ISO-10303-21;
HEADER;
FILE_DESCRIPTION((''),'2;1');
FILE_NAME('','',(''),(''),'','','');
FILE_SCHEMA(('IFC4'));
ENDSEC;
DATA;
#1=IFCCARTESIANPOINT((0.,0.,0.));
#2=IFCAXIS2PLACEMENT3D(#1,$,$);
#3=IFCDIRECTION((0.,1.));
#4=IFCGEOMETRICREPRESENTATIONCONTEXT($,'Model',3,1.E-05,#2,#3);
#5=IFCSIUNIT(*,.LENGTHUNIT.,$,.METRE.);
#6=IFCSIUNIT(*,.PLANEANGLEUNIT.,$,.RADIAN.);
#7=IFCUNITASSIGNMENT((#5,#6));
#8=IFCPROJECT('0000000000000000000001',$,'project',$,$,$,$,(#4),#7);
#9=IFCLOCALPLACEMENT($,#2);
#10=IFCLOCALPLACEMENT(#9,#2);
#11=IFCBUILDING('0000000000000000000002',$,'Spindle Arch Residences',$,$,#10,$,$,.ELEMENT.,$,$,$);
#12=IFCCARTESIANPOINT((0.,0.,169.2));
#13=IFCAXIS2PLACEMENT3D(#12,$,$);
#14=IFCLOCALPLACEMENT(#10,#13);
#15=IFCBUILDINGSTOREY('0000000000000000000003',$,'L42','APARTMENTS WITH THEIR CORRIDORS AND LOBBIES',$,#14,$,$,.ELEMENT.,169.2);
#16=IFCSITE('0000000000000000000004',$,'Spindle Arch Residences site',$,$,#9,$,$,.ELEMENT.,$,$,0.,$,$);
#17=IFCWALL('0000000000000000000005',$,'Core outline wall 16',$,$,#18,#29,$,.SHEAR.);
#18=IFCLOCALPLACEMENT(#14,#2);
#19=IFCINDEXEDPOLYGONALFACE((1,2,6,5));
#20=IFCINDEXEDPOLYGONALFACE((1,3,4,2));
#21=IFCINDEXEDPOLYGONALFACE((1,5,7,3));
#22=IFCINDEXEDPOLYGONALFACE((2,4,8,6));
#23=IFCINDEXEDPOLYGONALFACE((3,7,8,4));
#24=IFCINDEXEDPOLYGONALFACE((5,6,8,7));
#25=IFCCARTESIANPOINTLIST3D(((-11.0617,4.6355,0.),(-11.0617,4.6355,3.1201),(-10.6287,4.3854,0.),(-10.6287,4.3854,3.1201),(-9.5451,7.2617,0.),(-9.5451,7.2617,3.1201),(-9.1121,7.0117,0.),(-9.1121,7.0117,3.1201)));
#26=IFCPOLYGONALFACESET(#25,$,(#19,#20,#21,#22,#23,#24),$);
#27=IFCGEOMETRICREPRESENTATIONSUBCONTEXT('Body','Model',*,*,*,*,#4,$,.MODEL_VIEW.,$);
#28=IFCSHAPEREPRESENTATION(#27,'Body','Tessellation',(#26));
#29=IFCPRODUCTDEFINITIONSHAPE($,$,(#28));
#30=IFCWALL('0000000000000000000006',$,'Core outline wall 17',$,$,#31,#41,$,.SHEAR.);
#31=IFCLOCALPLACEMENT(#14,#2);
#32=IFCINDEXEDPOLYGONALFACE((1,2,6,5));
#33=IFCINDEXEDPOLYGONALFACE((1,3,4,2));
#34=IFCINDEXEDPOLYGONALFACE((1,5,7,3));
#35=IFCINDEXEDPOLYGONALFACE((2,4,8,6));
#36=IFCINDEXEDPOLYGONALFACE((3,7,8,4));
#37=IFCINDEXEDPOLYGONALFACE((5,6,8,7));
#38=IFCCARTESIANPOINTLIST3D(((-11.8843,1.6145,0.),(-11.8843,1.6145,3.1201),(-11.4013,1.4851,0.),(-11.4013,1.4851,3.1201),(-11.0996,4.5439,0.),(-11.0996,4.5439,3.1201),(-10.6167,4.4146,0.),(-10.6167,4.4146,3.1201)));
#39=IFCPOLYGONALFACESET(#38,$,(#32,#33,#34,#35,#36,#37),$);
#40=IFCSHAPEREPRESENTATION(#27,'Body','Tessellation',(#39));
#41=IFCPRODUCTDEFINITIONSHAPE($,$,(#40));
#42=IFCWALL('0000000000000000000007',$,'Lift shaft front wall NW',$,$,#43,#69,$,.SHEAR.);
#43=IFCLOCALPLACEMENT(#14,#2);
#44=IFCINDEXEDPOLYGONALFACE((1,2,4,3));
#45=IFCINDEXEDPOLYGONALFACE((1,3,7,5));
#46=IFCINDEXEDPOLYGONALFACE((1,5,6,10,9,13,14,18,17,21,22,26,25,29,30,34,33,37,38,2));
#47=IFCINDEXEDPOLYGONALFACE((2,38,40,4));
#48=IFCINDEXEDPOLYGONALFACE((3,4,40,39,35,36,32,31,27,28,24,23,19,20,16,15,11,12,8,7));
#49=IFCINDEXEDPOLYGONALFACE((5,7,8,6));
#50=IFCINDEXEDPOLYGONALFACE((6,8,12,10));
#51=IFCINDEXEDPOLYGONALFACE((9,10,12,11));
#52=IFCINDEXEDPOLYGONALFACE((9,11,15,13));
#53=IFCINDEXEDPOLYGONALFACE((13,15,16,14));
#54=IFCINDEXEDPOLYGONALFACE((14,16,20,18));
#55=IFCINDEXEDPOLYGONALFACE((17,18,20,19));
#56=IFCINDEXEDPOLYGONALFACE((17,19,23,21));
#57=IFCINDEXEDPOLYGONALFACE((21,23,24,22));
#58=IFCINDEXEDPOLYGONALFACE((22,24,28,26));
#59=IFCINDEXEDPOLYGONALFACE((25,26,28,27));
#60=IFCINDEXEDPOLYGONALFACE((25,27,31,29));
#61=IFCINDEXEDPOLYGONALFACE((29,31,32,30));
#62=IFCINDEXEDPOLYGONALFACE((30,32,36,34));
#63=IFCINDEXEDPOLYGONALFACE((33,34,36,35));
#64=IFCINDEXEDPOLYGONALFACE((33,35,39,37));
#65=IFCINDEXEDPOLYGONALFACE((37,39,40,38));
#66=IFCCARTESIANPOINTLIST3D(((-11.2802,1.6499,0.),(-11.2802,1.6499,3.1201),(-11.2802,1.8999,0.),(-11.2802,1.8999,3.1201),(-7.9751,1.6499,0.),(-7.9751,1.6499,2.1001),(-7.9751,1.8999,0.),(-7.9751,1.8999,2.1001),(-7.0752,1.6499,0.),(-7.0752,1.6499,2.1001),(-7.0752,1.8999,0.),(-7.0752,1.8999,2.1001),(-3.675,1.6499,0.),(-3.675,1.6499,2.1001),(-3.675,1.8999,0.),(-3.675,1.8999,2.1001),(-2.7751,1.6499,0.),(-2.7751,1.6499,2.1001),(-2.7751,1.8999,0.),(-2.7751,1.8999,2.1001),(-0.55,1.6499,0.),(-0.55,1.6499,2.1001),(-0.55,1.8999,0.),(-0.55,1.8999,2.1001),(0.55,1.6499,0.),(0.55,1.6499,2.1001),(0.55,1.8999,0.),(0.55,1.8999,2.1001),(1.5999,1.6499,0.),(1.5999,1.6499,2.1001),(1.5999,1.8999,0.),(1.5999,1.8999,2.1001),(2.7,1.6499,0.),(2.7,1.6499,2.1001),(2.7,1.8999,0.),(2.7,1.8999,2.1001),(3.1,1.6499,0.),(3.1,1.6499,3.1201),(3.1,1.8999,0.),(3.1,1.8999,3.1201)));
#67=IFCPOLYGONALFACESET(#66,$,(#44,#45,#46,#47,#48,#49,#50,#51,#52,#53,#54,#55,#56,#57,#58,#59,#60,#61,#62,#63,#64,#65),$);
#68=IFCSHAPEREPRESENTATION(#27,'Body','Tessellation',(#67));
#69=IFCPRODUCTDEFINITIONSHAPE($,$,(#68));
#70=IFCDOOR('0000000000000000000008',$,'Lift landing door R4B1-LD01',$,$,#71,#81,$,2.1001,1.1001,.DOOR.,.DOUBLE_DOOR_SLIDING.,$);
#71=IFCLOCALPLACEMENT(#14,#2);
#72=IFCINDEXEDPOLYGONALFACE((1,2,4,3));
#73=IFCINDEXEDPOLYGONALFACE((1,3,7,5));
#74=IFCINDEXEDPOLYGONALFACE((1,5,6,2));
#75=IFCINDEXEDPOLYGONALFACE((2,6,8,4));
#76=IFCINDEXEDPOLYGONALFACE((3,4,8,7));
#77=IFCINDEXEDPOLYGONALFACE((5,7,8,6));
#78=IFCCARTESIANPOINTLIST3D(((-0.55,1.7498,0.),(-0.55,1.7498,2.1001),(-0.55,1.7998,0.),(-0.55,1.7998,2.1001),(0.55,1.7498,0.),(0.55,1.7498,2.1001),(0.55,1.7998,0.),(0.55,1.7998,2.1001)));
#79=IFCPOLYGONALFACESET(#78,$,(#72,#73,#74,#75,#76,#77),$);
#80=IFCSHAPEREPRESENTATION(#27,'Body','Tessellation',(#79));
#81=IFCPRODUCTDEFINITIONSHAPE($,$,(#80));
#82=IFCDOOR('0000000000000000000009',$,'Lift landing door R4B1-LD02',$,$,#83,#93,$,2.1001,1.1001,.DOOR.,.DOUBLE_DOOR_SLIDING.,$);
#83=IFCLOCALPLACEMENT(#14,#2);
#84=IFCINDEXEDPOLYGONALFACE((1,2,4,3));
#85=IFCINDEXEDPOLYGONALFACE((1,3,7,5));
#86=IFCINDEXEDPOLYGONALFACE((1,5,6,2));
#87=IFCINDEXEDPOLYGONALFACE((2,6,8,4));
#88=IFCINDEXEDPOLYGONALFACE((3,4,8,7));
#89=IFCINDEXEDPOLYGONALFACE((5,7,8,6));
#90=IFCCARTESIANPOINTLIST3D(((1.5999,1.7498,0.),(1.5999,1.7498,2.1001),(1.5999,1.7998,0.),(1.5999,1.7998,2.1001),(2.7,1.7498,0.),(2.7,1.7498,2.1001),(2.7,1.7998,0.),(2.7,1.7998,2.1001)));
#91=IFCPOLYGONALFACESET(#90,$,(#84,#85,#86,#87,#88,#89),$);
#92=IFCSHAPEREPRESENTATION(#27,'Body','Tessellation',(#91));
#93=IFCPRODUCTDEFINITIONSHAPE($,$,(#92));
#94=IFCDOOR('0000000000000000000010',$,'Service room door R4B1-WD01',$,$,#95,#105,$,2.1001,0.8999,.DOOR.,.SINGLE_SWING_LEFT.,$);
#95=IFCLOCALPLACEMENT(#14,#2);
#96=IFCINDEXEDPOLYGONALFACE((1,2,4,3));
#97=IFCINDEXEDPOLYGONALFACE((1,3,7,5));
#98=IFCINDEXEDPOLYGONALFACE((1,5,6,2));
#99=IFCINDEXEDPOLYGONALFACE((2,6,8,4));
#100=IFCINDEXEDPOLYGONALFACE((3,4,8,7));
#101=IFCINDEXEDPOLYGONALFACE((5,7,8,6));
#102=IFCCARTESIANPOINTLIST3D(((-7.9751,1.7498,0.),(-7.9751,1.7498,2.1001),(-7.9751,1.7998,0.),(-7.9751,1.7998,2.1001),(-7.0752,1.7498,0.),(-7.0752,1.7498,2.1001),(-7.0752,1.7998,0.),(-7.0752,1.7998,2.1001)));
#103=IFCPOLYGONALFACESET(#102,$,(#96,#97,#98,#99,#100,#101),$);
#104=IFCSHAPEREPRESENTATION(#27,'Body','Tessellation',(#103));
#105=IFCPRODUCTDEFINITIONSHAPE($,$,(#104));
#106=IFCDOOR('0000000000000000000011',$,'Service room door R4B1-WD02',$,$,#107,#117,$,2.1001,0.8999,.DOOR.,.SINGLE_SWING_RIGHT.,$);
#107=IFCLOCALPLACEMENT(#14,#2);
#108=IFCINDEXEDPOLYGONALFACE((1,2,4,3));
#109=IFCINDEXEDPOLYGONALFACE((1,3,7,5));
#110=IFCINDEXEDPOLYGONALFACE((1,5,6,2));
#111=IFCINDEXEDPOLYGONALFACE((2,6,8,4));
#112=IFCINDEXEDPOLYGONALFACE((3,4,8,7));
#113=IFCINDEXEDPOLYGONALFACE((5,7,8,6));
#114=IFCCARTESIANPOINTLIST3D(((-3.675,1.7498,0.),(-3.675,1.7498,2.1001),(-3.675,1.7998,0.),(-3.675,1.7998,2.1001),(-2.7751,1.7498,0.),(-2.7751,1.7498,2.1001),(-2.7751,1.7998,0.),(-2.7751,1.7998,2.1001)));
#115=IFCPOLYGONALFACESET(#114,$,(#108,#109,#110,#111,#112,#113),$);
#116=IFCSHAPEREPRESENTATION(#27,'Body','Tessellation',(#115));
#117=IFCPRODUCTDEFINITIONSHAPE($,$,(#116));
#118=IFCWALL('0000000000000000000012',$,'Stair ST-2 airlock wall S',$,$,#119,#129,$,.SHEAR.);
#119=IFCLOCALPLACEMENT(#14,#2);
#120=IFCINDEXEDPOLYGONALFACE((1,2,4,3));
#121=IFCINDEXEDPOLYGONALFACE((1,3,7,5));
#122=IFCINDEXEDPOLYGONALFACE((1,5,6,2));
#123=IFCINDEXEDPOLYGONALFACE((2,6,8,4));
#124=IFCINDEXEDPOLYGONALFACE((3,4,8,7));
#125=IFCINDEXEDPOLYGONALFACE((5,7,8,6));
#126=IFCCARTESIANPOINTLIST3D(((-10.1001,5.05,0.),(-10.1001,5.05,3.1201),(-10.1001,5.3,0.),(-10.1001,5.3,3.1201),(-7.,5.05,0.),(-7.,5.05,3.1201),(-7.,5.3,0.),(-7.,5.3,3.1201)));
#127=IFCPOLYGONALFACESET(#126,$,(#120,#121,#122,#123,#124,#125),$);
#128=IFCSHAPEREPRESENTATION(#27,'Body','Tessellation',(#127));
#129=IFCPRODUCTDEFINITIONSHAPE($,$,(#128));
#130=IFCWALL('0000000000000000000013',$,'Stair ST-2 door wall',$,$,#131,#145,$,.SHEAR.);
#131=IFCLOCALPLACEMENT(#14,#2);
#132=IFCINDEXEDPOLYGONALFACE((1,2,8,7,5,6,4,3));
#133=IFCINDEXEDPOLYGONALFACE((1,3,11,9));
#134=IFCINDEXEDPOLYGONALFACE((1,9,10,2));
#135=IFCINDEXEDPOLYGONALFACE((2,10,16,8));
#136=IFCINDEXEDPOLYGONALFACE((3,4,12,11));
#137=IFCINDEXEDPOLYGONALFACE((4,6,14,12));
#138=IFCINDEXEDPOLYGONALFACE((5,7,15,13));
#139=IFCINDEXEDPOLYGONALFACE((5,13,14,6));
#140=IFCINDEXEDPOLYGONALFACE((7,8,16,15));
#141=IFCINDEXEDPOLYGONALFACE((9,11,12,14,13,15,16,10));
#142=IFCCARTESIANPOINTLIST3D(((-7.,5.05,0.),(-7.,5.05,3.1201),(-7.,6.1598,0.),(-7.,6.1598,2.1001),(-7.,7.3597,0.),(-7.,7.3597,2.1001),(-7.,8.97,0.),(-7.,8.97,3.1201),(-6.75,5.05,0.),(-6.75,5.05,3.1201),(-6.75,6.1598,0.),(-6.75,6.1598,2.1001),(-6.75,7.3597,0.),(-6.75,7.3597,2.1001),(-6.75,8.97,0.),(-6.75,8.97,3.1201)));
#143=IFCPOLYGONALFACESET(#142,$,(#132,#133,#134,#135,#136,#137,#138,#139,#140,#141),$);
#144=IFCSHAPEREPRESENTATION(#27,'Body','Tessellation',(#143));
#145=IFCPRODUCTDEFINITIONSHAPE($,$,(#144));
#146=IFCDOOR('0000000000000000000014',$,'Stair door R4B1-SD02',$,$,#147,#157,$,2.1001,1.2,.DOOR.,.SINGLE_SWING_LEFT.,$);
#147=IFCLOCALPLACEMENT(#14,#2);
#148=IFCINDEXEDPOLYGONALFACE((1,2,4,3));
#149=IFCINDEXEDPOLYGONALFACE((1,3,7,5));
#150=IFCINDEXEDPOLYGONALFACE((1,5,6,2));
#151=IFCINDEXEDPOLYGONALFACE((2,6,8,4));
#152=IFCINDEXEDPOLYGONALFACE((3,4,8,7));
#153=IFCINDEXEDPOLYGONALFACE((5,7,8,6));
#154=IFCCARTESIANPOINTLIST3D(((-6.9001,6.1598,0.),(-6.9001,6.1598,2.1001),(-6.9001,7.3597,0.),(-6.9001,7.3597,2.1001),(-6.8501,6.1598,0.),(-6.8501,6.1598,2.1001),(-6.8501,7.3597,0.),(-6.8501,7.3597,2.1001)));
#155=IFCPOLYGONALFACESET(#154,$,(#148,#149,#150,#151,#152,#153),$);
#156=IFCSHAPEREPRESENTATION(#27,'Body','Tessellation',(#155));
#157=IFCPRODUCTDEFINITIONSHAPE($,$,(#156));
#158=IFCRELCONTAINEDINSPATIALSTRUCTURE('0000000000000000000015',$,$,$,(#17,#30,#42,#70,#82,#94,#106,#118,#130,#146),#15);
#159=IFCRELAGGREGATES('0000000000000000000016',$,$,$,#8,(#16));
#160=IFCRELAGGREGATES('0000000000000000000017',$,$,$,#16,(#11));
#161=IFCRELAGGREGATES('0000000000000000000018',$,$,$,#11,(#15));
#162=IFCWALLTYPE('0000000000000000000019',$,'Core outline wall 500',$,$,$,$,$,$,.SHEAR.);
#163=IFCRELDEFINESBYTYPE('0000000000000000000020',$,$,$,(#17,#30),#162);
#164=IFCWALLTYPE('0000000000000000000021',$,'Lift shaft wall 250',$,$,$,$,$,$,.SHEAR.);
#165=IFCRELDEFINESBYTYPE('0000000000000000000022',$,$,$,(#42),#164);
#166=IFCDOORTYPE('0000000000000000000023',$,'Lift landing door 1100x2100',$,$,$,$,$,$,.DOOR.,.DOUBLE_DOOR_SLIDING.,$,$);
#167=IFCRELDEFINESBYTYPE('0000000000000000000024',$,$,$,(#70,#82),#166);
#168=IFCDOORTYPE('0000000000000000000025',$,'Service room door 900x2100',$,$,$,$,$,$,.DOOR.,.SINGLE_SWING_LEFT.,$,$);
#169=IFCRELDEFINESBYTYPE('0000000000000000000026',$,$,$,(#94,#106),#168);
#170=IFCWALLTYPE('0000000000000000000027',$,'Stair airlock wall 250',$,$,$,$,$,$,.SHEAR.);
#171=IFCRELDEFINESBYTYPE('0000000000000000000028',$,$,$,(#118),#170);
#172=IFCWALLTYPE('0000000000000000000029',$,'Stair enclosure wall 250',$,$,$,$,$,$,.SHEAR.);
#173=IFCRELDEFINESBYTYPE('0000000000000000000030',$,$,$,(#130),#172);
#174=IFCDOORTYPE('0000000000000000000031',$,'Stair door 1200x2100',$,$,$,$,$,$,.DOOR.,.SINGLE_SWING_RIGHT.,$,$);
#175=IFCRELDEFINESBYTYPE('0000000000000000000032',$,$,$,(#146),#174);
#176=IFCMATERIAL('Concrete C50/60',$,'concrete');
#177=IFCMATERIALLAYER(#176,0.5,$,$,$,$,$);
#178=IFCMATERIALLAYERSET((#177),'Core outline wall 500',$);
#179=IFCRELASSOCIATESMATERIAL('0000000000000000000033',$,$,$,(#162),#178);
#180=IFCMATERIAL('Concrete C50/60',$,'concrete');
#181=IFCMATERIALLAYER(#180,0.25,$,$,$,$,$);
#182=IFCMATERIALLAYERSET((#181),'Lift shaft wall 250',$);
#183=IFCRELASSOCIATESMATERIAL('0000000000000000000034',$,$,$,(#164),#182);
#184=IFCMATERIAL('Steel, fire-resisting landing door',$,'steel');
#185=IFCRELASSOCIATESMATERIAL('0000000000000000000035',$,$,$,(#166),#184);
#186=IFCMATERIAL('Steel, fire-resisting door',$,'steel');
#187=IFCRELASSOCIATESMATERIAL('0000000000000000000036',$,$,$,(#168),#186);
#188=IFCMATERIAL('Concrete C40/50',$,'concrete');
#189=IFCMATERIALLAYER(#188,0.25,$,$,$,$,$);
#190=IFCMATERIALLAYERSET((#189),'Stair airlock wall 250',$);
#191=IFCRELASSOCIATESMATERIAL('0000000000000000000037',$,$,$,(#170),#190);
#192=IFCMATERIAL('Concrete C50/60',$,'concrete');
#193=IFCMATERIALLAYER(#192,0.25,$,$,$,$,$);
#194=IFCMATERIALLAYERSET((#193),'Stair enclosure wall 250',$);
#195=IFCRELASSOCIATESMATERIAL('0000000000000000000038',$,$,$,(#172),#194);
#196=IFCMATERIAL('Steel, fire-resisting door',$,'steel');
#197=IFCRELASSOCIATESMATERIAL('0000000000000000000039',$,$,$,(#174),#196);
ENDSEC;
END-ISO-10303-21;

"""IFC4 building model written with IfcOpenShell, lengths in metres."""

from ifc_helpers import new_model, si_unit, direction, frame, frame_2d, origin, place, context, subcontext, project, spatial, rectangle, extrude, material, layer, layer_set, type_object, element, fill, save


model = new_model("IFC4")

# Units and contexts
model_context = context("Model", 3, precision=1e-05, world=origin(), true_north=direction((0.0, 1.0)))
body_context = subcontext(model_context, "Body", "Model", "MODEL_VIEW")
ifc_project = project(units=[si_unit("LENGTHUNIT", "METRE"), si_unit("PLANEANGLEUNIT", "RADIAN")], contexts=[model_context])

# Site, building, storey
site_placement = place(None, origin())
site = spatial("IfcSite", under=ifc_project, at=site_placement, Name="Spindle Arch Residences site", CompositionType="ELEMENT", RefElevation=0.0)
building_placement = place(site_placement, origin())
building = spatial("IfcBuilding", under=site, at=building_placement, Name="Spindle Arch Residences", CompositionType="ELEMENT")
storey_placement = place(building_placement, frame((0.0, 0.0, 169.2)))
storey = spatial("IfcBuildingStorey", under=building, at=storey_placement, Name="L42", Description="APARTMENTS WITH THEIR CORRIDORS AND LOBBIES", CompositionType="ELEMENT", Elevation=169.2)

# Walls
ifc_material_1 = material(Name="Concrete C50/60", Category="concrete")
ifc_layer_1 = layer(ifc_material_1, 0.5)
ifc_layer_set_1 = layer_set([ifc_layer_1], Name="Core outline wall 500")
wall_type_1 = type_object("IfcWallType", Name="Core outline wall 500", PredefinedType="SHEAR", material=ifc_layer_set_1)
for number, where, z_axis, x_axis, name in (
    (1, (-9.3286, 7.1367, 0.0), (0.0, 0.0, 1.0), (-0.500087, -0.865975, 0.0), "Core outline wall 16"),
    (2, (-10.8582, 4.4792, 0.0), (0.0, 0.0, 1.0), (-0.258735, -0.965948, 0.0), "Core outline wall 17"),
):
    element("IfcWall", number, at=place(storey_placement, frame(where, z_axis=z_axis, x_axis=x_axis)), inside=storey, type_object=wall_type_1, Name=name, PredefinedType="SHEAR", context=body_context, shape_type="SweptSolid", body=[
        extrude(rectangle(XDim=3.0327, YDim=0.5, at=frame_2d((1.5164, 0.0))), origin(), (0.0, 0.0, 1.0), 3.1201),
    ])

# Wall, openings, doors
ifc_material_2 = material(Name="Concrete C50/60", Category="concrete")
ifc_layer_2 = layer(ifc_material_2, 0.25)
ifc_layer_set_2 = layer_set([ifc_layer_2], Name="Lift shaft wall 250")
wall_type_2 = type_object("IfcWallType", Name="Lift shaft wall 250", PredefinedType="SHEAR", material=ifc_layer_set_2)
wall_1_placement = place(storey_placement, frame((-11.28, 1.7749, 0.0), z_axis=(0.0, 0.0, 1.0), x_axis=(1.0, 0.0, 0.0)))
wall_1 = element("IfcWall", 3, at=wall_1_placement, inside=storey, type_object=wall_type_2, Name="Lift shaft front wall NW", PredefinedType="SHEAR", context=body_context, shape_type="SweptSolid", body=[
    extrude(rectangle(XDim=14.3801, YDim=0.25, at=frame_2d((7.1899, 0.0))), origin(), (0.0, 0.0, 1.0), 3.1201),
])
opening_1_placement = place(wall_1_placement, frame((10.73, 0.0, 0.0)))
opening_1 = element("IfcOpeningElement", 4, at=opening_1_placement, cuts=wall_1, PredefinedType="OPENING", context=body_context, shape_type="SweptSolid", body=[
    extrude(rectangle(XDim=1.1001, YDim=2.1001, at=frame_2d((0.55, 1.05))), frame((0.0, 0.135, 0.0), z_axis=(0.0, -1.0, 0.0), x_axis=(1.0, 0.0, 0.0)), (0.0, 0.0, 1.0), 0.27),
])
opening_2_placement = place(wall_1_placement, frame((12.8799, 0.0, 0.0)))
opening_2 = element("IfcOpeningElement", 5, at=opening_2_placement, cuts=wall_1, PredefinedType="OPENING", context=body_context, shape_type="SweptSolid", body=[
    extrude(rectangle(XDim=1.1001, YDim=2.1001, at=frame_2d((0.55, 1.05))), frame((0.0, 0.135, 0.0), z_axis=(0.0, -1.0, 0.0), x_axis=(1.0, 0.0, 0.0)), (0.0, 0.0, 1.0), 0.27),
])
opening_3_placement = place(wall_1_placement, frame((3.3049, 0.0, 0.0)))
opening_3 = element("IfcOpeningElement", 6, at=opening_3_placement, cuts=wall_1, PredefinedType="OPENING", context=body_context, shape_type="SweptSolid", body=[
    extrude(rectangle(XDim=0.8999, YDim=2.1001, at=frame_2d((0.45, 1.05))), frame((0.0, 0.135, 0.0), z_axis=(0.0, -1.0, 0.0), x_axis=(1.0, 0.0, 0.0)), (0.0, 0.0, 1.0), 0.27),
])
opening_4_placement = place(wall_1_placement, frame((7.605, 0.0, 0.0)))
opening_4 = element("IfcOpeningElement", 7, at=opening_4_placement, cuts=wall_1, PredefinedType="OPENING", context=body_context, shape_type="SweptSolid", body=[
    extrude(rectangle(XDim=0.8999, YDim=2.1001, at=frame_2d((0.45, 1.05))), frame((0.0, 0.135, 0.0), z_axis=(0.0, -1.0, 0.0), x_axis=(1.0, 0.0, 0.0)), (0.0, 0.0, 1.0), 0.27),
])
ifc_material_3 = material(Name="Steel, fire-resisting landing door", Category="steel")
door_type_1 = type_object("IfcDoorType", Name="Lift landing door 1100x2100", OperationType="DOUBLE_DOOR_SLIDING", PredefinedType="DOOR", material=ifc_material_3)
door_1_placement = place(opening_1_placement, origin())
door_1 = element("IfcDoor", 8, at=door_1_placement, inside=storey, type_object=door_type_1, Name="Lift landing door R4B1-LD01", OperationType="DOUBLE_DOOR_SLIDING", OverallHeight=2.1001, OverallWidth=1.1001, PredefinedType="DOOR", context=body_context, shape_type="SweptSolid", body=[
    extrude(rectangle(XDim=1.1001, YDim=2.1001, at=frame_2d((0.55, 1.05))), frame((0.0, 0.0249, 0.0), z_axis=(0.0, -1.0, 0.0), x_axis=(1.0, 0.0, 0.0)), (0.0, 0.0, 1.0), 0.05),
])
fill(opening_1, door_1)
door_2_placement = place(opening_2_placement, origin())
door_2 = element("IfcDoor", 9, at=door_2_placement, inside=storey, type_object=door_type_1, Name="Lift landing door R4B1-LD02", OperationType="DOUBLE_DOOR_SLIDING", OverallHeight=2.1001, OverallWidth=1.1001, PredefinedType="DOOR", context=body_context, shape_type="SweptSolid", body=[
    extrude(rectangle(XDim=1.1001, YDim=2.1001, at=frame_2d((0.55, 1.05))), frame((0.0, 0.0249, 0.0), z_axis=(0.0, -1.0, 0.0), x_axis=(1.0, 0.0, 0.0)), (0.0, 0.0, 1.0), 0.05),
])
fill(opening_2, door_2)
ifc_material_4 = material(Name="Steel, fire-resisting door", Category="steel")
door_type_2 = type_object("IfcDoorType", Name="Service room door 900x2100", OperationType="SINGLE_SWING_LEFT", PredefinedType="DOOR", material=ifc_material_4)
door_3_placement = place(opening_3_placement, origin())
door_3 = element("IfcDoor", 10, at=door_3_placement, inside=storey, type_object=door_type_2, Name="Service room door R4B1-WD01", OperationType="SINGLE_SWING_LEFT", OverallHeight=2.1001, OverallWidth=0.8999, PredefinedType="DOOR", context=body_context, shape_type="SweptSolid", body=[
    extrude(rectangle(XDim=0.8999, YDim=2.1001, at=frame_2d((0.45, 1.05))), frame((0.0, 0.0249, 0.0), z_axis=(0.0, -1.0, 0.0), x_axis=(1.0, 0.0, 0.0)), (0.0, 0.0, 1.0), 0.05),
])
fill(opening_3, door_3)
door_4_placement = place(opening_4_placement, origin())
door_4 = element("IfcDoor", 11, at=door_4_placement, inside=storey, type_object=door_type_2, Name="Service room door R4B1-WD02", OperationType="SINGLE_SWING_RIGHT", OverallHeight=2.1001, OverallWidth=0.8999, PredefinedType="DOOR", context=body_context, shape_type="SweptSolid", body=[
    extrude(rectangle(XDim=0.8999, YDim=2.1001, at=frame_2d((0.45, 1.05))), frame((0.0, 0.0249, 0.0), z_axis=(0.0, -1.0, 0.0), x_axis=(1.0, 0.0, 0.0)), (0.0, 0.0, 1.0), 0.05),
])
fill(opening_4, door_4)

# Wall
ifc_material_5 = material(Name="Concrete C40/50", Category="concrete")
ifc_layer_3 = layer(ifc_material_5, 0.25)
ifc_layer_set_3 = layer_set([ifc_layer_3], Name="Stair airlock wall 250")
wall_type_3 = type_object("IfcWallType", Name="Stair airlock wall 250", PredefinedType="SHEAR", material=ifc_layer_set_3)
wall_2_placement = place(storey_placement, frame((-7.0, 5.175, 0.0), z_axis=(0.0, 0.0, 1.0), x_axis=(-1.0, 0.0, 0.0)))
element("IfcWall", 12, at=wall_2_placement, inside=storey, type_object=wall_type_3, Name="Stair ST-2 airlock wall S", PredefinedType="SHEAR", context=body_context, shape_type="SweptSolid", body=[
    extrude(rectangle(XDim=3.1001, YDim=0.25, at=frame_2d((1.55, 0.0))), origin(), (0.0, 0.0, 1.0), 3.1201),
])

# Wall, opening, door
ifc_material_6 = material(Name="Concrete C50/60", Category="concrete")
ifc_layer_4 = layer(ifc_material_6, 0.25)
ifc_layer_set_4 = layer_set([ifc_layer_4], Name="Stair enclosure wall 250")
wall_type_4 = type_object("IfcWallType", Name="Stair enclosure wall 250", PredefinedType="SHEAR", material=ifc_layer_set_4)
wall_3_placement = place(storey_placement, frame((-6.875, 8.97, 0.0), z_axis=(0.0, 0.0, 1.0), x_axis=(0.0, -1.0, 0.0)))
wall_3 = element("IfcWall", 13, at=wall_3_placement, inside=storey, type_object=wall_type_4, Name="Stair ST-2 door wall", PredefinedType="SHEAR", context=body_context, shape_type="SweptSolid", body=[
    extrude(rectangle(XDim=3.9199, YDim=0.25, at=frame_2d((1.96, 0.0))), origin(), (0.0, 0.0, 1.0), 3.1201),
])
opening_5_placement = place(wall_3_placement, frame((1.6101, 0.0, 0.0)))
opening_5 = element("IfcOpeningElement", 14, at=opening_5_placement, cuts=wall_3, PredefinedType="OPENING", context=body_context, shape_type="SweptSolid", body=[
    extrude(rectangle(XDim=1.2, YDim=2.1001, at=frame_2d((0.6001, 1.05))), frame((0.0, 0.135, 0.0), z_axis=(0.0, -1.0, 0.0), x_axis=(1.0, 0.0, 0.0)), (0.0, 0.0, 1.0), 0.27),
])
ifc_material_7 = material(Name="Steel, fire-resisting door", Category="steel")
door_type_3 = type_object("IfcDoorType", Name="Stair door 1200x2100", OperationType="SINGLE_SWING_RIGHT", PredefinedType="DOOR", material=ifc_material_7)
door_5_placement = place(opening_5_placement, origin())
door_5 = element("IfcDoor", 15, at=door_5_placement, inside=storey, type_object=door_type_3, Name="Stair door R4B1-SD02", OperationType="SINGLE_SWING_LEFT", OverallHeight=2.1001, OverallWidth=1.2, PredefinedType="DOOR", context=body_context, shape_type="SweptSolid", body=[
    extrude(rectangle(XDim=1.2, YDim=2.1001, at=frame_2d((0.6001, 1.05))), frame((0.0, 0.0249, 0.0), z_axis=(0.0, -1.0, 0.0), x_axis=(1.0, 0.0, 0.0)), (0.0, 0.0, 1.0), 0.05),
])
fill(opening_5, door_5)

save(model, "model.ifc")
